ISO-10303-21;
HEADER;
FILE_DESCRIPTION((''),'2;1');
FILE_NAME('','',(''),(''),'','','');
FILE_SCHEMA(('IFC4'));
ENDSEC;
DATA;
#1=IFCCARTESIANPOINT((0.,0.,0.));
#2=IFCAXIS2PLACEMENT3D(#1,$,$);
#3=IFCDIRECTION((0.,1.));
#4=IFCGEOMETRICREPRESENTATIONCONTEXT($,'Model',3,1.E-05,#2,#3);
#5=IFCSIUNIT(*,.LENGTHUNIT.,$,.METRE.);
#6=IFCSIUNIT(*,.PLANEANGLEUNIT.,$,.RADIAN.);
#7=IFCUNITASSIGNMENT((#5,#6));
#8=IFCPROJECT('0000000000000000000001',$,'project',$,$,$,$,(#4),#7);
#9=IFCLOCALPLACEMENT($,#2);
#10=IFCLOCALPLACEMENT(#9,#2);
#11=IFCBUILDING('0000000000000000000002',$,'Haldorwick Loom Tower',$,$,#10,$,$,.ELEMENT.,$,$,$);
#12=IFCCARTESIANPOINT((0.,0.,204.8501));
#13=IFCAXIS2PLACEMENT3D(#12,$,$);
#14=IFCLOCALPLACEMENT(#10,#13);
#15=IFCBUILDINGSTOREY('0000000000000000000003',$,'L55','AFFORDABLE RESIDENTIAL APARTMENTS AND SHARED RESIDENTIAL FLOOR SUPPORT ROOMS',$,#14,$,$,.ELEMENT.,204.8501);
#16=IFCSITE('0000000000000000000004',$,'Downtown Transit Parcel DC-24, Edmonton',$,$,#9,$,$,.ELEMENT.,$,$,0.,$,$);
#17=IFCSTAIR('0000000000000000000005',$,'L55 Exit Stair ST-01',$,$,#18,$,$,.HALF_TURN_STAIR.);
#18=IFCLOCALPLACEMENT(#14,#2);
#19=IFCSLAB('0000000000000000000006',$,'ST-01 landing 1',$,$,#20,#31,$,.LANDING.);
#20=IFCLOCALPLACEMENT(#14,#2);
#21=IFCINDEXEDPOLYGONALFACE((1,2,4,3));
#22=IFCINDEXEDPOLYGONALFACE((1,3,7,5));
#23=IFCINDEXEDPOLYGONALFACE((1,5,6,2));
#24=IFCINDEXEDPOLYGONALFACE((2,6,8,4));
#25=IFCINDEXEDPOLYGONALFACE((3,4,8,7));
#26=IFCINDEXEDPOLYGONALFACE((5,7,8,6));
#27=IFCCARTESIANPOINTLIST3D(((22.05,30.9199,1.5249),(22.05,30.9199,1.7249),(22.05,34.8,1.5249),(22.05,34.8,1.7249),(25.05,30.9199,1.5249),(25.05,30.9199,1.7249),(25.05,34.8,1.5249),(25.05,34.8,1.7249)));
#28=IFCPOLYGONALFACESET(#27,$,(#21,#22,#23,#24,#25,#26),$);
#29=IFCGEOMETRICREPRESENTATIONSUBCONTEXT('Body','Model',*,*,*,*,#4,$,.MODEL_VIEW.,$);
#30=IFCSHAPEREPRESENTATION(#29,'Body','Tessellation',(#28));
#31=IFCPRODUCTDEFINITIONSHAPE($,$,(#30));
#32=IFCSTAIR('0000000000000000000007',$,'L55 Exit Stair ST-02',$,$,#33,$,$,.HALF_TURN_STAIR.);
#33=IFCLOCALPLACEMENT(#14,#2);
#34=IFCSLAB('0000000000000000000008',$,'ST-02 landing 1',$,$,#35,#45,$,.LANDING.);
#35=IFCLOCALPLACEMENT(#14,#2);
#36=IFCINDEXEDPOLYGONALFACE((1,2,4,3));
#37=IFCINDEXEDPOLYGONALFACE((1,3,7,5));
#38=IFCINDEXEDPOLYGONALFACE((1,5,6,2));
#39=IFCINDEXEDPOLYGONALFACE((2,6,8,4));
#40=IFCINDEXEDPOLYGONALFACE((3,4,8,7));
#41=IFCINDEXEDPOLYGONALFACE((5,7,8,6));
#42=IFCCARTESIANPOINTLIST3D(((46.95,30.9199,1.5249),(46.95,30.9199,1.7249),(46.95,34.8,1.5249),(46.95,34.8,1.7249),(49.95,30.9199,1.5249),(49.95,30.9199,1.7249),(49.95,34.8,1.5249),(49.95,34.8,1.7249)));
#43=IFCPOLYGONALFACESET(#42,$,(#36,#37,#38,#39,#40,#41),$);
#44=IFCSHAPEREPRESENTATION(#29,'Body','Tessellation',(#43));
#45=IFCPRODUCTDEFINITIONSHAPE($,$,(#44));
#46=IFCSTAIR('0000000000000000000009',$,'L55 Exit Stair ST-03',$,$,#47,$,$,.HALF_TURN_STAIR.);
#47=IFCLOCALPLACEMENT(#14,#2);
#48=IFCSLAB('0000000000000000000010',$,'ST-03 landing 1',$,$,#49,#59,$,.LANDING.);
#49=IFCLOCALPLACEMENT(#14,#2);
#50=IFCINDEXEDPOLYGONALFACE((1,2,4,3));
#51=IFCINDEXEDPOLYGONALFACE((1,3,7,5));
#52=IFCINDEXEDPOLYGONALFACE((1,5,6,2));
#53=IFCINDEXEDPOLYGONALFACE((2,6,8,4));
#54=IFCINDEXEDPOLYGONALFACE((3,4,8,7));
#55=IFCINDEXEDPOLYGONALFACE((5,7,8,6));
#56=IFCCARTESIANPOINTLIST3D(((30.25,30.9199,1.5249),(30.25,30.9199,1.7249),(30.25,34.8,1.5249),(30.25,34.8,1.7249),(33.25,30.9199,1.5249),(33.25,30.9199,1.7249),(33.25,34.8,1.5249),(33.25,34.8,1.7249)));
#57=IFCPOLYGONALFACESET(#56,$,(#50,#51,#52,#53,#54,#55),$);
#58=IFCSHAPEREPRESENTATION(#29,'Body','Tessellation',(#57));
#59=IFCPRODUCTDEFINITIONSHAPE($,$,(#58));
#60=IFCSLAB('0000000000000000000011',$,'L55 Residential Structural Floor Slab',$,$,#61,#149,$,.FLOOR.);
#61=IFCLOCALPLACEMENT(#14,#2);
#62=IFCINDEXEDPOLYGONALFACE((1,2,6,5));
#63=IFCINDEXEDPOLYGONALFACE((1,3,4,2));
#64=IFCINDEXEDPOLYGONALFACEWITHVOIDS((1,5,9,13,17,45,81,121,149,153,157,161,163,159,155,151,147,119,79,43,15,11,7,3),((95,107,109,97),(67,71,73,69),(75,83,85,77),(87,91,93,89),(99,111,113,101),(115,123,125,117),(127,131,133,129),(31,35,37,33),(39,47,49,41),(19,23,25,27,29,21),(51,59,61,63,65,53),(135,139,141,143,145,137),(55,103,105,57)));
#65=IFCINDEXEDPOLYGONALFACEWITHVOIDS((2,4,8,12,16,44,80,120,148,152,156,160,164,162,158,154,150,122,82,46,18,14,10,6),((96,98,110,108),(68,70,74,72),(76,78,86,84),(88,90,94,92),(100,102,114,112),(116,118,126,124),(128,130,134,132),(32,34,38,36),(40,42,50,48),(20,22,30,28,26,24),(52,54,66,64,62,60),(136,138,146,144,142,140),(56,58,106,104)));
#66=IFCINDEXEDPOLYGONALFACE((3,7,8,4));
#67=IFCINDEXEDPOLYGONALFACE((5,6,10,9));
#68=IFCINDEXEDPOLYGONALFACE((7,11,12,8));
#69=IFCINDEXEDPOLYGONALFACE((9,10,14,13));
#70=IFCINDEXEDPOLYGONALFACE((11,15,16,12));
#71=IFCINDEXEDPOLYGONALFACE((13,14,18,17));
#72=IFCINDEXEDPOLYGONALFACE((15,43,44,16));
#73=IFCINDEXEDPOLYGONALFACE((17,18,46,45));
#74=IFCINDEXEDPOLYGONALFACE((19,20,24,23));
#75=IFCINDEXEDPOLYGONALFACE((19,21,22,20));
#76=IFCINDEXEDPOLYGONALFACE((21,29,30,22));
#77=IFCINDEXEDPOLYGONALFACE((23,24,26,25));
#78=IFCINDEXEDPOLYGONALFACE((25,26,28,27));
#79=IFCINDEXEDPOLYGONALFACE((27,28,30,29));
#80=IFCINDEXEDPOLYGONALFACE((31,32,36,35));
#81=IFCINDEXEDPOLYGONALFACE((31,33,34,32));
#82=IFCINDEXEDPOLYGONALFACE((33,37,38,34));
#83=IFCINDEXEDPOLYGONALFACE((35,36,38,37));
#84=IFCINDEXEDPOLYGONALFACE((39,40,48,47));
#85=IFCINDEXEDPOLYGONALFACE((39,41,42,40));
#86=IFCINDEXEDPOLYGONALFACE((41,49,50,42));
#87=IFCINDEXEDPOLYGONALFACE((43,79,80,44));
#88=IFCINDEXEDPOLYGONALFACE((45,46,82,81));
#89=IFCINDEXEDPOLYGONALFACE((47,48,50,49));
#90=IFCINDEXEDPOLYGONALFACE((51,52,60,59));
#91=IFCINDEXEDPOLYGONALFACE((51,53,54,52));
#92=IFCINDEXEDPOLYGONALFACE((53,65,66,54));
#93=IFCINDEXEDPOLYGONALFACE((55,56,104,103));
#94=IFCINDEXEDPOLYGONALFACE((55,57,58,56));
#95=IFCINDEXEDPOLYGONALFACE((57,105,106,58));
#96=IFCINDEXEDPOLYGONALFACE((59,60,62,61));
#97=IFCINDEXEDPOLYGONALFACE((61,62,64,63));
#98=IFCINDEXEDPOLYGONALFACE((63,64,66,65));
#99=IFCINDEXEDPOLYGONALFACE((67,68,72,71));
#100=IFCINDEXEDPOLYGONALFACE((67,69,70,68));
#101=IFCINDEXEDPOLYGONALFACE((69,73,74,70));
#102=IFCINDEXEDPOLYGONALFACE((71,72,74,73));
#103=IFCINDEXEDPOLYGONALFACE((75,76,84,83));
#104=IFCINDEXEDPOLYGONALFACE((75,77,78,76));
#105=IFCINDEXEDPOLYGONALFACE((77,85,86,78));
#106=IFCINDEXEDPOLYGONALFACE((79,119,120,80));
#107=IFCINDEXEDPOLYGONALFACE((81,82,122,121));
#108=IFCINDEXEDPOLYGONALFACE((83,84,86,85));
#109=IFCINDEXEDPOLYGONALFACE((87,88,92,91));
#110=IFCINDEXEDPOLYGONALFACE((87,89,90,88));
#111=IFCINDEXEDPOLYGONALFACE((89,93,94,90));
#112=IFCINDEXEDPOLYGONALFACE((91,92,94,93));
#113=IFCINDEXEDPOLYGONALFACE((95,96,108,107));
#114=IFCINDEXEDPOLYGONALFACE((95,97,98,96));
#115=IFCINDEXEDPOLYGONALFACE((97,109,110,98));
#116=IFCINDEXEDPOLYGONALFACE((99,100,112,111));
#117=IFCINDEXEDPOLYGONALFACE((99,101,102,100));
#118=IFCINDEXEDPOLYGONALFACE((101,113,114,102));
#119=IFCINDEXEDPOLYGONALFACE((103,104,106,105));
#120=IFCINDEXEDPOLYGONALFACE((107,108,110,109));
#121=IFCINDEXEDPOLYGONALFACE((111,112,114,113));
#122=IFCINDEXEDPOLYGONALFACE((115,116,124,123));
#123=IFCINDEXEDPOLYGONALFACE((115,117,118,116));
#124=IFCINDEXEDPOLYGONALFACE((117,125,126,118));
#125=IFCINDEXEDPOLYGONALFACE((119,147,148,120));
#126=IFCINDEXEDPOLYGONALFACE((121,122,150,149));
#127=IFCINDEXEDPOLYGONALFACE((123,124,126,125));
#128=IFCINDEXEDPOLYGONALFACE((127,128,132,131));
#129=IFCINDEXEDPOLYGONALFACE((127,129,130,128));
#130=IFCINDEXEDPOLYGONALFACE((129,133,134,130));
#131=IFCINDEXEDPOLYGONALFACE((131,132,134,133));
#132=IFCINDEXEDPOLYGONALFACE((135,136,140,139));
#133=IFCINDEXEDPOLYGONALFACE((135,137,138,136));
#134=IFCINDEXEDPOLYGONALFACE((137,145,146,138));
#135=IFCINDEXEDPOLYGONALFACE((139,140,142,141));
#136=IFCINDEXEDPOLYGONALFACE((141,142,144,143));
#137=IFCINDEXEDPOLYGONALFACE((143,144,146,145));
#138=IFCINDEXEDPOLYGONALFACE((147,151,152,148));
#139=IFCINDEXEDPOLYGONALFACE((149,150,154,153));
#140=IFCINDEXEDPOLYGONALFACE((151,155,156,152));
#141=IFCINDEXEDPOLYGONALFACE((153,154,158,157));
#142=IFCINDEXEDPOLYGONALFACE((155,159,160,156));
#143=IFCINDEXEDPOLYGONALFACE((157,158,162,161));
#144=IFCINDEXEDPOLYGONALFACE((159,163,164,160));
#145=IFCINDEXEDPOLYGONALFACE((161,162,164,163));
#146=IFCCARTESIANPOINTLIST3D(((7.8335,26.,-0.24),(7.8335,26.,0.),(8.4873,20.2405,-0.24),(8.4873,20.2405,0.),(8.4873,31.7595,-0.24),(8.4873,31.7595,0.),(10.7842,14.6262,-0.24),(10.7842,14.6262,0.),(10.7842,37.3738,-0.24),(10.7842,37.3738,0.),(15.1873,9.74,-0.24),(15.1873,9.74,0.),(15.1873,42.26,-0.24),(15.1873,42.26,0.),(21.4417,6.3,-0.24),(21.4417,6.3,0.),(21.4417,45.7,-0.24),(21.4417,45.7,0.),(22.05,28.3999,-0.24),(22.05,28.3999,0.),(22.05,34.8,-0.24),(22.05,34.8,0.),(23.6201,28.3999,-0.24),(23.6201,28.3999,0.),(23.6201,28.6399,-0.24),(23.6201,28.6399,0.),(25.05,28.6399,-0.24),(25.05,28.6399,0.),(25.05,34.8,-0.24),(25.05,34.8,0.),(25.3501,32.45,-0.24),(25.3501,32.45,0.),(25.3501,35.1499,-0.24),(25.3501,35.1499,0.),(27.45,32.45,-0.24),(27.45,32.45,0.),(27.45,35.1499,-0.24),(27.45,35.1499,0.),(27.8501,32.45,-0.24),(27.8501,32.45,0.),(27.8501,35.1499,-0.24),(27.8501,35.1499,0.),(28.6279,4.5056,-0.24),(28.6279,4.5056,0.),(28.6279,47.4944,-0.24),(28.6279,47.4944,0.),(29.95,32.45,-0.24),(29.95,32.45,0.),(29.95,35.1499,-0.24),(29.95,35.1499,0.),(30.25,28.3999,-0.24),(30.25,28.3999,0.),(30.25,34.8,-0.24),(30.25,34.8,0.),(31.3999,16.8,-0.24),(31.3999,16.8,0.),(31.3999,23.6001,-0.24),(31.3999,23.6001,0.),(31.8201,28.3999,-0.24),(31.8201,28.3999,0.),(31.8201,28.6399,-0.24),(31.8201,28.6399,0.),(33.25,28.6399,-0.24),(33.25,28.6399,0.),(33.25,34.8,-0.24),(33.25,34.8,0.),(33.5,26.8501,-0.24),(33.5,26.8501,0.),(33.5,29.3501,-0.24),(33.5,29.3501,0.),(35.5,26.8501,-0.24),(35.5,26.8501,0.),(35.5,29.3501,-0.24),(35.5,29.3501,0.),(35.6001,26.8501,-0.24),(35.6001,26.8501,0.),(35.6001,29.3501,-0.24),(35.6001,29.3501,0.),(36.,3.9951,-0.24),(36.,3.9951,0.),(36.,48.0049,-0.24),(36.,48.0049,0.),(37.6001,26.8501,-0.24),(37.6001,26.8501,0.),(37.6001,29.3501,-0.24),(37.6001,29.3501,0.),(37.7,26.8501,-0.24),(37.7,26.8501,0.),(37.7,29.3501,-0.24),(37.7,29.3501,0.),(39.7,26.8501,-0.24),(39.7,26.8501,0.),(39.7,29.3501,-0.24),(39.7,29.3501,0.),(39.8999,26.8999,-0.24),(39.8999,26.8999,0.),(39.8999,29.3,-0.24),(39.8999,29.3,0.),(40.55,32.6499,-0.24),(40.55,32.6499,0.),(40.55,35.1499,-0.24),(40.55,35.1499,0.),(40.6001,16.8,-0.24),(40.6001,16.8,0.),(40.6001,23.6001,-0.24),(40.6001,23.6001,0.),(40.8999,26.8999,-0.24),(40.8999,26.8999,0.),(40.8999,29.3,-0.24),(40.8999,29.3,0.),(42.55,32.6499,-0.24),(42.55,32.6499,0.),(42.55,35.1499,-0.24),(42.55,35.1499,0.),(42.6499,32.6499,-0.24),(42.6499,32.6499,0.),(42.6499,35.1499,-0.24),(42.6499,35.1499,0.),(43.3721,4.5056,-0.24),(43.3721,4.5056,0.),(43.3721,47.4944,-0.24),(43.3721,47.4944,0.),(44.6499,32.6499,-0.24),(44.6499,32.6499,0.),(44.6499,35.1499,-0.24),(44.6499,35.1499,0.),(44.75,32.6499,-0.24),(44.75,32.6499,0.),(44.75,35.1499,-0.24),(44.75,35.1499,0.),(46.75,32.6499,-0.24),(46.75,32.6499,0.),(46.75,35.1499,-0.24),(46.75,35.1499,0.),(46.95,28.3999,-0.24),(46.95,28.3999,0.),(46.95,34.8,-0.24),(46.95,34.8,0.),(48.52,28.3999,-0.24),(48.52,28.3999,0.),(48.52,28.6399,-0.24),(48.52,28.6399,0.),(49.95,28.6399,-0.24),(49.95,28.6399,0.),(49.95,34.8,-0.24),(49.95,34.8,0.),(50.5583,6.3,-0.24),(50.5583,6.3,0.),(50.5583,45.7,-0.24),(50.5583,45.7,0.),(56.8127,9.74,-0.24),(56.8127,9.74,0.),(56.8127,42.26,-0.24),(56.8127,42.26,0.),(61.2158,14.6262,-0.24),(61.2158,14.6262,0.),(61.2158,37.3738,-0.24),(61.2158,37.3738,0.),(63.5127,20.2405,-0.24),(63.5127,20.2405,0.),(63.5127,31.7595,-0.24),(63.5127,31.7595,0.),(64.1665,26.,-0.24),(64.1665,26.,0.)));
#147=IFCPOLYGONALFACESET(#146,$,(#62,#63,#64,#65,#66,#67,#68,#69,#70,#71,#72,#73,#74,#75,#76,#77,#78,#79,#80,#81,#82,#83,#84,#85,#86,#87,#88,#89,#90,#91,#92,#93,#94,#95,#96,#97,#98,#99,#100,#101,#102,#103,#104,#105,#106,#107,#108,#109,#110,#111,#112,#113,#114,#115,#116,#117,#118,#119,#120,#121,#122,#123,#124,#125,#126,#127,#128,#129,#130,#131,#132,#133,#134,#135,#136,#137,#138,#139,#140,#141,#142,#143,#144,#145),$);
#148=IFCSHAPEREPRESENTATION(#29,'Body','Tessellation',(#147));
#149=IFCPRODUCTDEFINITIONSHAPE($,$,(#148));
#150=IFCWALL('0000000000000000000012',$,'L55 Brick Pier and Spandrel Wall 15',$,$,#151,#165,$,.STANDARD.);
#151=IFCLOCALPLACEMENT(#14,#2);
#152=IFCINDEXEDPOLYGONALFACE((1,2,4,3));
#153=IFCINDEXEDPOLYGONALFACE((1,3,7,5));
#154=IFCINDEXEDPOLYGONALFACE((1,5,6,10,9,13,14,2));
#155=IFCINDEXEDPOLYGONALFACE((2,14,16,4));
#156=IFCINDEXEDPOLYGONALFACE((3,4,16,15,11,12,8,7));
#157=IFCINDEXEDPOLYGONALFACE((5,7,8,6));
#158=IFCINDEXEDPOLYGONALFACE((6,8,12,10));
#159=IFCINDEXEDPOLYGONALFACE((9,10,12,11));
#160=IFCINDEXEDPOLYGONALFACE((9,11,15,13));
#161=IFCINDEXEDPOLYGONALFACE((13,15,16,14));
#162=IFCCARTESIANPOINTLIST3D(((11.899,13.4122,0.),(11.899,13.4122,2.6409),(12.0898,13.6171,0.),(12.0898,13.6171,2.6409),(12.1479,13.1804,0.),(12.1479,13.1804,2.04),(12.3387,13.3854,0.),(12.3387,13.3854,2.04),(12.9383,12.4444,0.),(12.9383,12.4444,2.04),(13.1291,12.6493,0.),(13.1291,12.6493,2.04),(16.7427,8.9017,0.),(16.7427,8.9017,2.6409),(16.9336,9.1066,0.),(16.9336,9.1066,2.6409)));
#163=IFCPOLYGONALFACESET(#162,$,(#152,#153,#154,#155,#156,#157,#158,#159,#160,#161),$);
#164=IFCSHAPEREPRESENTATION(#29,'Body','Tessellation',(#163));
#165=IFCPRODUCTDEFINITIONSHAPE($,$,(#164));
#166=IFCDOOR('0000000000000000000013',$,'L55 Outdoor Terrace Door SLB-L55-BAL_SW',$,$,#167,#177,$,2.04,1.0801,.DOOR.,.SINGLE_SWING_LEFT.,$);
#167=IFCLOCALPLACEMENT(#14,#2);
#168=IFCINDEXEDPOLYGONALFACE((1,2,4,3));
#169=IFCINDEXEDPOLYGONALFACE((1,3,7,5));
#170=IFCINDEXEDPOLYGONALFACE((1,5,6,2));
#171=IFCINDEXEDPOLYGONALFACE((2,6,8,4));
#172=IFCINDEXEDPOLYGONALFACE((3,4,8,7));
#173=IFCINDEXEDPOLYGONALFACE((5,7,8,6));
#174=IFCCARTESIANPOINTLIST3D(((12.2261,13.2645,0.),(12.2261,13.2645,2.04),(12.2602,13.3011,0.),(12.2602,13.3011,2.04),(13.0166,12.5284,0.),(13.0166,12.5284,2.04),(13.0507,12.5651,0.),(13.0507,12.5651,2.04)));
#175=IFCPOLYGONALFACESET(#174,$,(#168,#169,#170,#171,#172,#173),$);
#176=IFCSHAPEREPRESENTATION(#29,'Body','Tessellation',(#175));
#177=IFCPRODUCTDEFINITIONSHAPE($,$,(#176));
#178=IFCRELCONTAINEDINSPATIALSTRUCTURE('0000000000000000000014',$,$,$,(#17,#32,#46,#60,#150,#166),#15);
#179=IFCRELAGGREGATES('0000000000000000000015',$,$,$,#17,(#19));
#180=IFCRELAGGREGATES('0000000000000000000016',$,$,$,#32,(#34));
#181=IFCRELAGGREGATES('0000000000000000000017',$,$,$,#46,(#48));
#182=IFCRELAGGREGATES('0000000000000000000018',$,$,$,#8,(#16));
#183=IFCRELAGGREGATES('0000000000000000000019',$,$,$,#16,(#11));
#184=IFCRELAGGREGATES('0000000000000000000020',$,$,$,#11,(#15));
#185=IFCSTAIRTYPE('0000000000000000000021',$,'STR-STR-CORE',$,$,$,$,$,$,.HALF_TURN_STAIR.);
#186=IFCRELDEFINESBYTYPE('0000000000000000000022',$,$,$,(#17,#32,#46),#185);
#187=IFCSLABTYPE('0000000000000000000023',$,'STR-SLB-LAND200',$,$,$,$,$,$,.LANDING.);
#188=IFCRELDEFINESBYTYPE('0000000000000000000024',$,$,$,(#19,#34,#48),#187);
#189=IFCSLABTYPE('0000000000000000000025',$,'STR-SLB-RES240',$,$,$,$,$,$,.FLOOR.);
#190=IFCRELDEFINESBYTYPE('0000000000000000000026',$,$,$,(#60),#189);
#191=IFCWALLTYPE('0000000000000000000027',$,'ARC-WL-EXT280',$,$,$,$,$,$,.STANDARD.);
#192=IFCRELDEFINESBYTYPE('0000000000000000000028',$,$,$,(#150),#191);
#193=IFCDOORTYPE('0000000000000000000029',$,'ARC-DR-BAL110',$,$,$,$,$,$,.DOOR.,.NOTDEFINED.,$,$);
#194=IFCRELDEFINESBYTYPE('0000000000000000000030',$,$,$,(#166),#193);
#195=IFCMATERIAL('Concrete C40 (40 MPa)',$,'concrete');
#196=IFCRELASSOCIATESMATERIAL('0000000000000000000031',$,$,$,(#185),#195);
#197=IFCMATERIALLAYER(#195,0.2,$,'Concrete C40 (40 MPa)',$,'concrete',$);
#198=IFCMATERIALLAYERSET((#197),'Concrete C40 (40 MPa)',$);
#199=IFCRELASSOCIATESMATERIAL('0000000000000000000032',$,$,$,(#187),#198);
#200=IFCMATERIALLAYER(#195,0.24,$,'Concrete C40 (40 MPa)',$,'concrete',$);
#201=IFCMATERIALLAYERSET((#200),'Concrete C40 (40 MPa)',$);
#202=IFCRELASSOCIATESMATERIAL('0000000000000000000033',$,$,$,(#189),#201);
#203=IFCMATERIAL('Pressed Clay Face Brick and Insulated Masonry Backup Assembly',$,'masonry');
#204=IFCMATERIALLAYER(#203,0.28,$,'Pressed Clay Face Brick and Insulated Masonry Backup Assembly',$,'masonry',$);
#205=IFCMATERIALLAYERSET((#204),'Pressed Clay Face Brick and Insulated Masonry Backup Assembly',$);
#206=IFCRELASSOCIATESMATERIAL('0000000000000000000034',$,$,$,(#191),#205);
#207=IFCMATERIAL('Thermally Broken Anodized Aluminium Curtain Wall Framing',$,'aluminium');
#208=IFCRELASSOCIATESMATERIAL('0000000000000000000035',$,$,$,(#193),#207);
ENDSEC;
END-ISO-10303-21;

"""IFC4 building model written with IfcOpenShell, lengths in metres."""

from ifc_helpers import new_model, si_unit, direction, frame, frame_2d, origin, place, context, subcontext, project, spatial, polyline, rectangle, outline, extrude, material, layer, layer_set, type_object, element, fill, aggregate, save


model = new_model("IFC4")

# Units and contexts
model_context = context("Model", 3, precision=1e-05, world=origin(), true_north=direction((0.0, 1.0)))
body_context = subcontext(model_context, "Body", "Model", "MODEL_VIEW")
ifc_project = project(units=[si_unit("LENGTHUNIT", "METRE"), si_unit("PLANEANGLEUNIT", "RADIAN")], contexts=[model_context])

# Site, building, storey
site_placement = place(None, origin())
site = spatial("IfcSite", under=ifc_project, at=site_placement, Name="Downtown Transit Parcel DC-24, Edmonton", CompositionType="ELEMENT", RefElevation=0.0)
building_placement = place(site_placement, origin())
building = spatial("IfcBuilding", under=site, at=building_placement, Name="Haldorwick Loom Tower", CompositionType="ELEMENT")
storey_placement = place(building_placement, frame((0.0, 0.0, 204.8501)))
storey = spatial("IfcBuildingStorey", under=building, at=storey_placement, Name="L55", Description="AFFORDABLE RESIDENTIAL APARTMENTS AND SHARED RESIDENTIAL FLOOR SUPPORT ROOMS", CompositionType="ELEMENT", Elevation=204.8501)

# Shared definitions
ifc_material_1 = material(Name="Concrete C40 (40 MPa)", Category="concrete")

# Stairs, slabs
stair_type = type_object("IfcStairType", Name="STR-STR-CORE", PredefinedType="HALF_TURN_STAIR", material=ifc_material_1)
stair_1_placement = place(storey_placement, origin())
stair_1 = element("IfcStair", 1, at=stair_1_placement, inside=storey, type_object=stair_type, Name="L55 Exit Stair ST-01", PredefinedType="HALF_TURN_STAIR")
ifc_layer_1 = layer(ifc_material_1, 0.2, Name="Concrete C40 (40 MPa)", Category="concrete")
ifc_layer_set_1 = layer_set([ifc_layer_1], Name="Concrete C40 (40 MPa)")
slab_type_1 = type_object("IfcSlabType", Name="STR-SLB-LAND200", PredefinedType="LANDING", material=ifc_layer_set_1)
slab_1_placement = place(storey_placement, frame((0.0, 0.0, 1.5249)))
slab_1 = element("IfcSlab", 2, at=slab_1_placement, type_object=slab_type_1, Name="ST-01 landing 1", PredefinedType="LANDING", context=body_context, shape_type="SweptSolid", body=[
    extrude(outline(polyline([(25.05, 30.9199), (25.05, 34.8), (22.05, 34.8), (22.05, 30.9199), (25.05, 30.9199)])), origin(), (0.0, 0.0, 1.0), 0.2),
])
aggregate(stair_1, [slab_1])
stair_2_placement = place(storey_placement, origin())
stair_2 = element("IfcStair", 3, at=stair_2_placement, inside=storey, type_object=stair_type, Name="L55 Exit Stair ST-02", PredefinedType="HALF_TURN_STAIR")
slab_2_placement = place(storey_placement, frame((0.0, 0.0, 1.5249)))
slab_2 = element("IfcSlab", 4, at=slab_2_placement, type_object=slab_type_1, Name="ST-02 landing 1", PredefinedType="LANDING", context=body_context, shape_type="SweptSolid", body=[
    extrude(outline(polyline([(49.95, 30.9199), (49.95, 34.8), (46.95, 34.8), (46.95, 30.9199), (49.95, 30.9199)])), origin(), (0.0, 0.0, 1.0), 0.2),
])
aggregate(stair_2, [slab_2])
stair_3_placement = place(storey_placement, origin())
stair_3 = element("IfcStair", 5, at=stair_3_placement, inside=storey, type_object=stair_type, Name="L55 Exit Stair ST-03", PredefinedType="HALF_TURN_STAIR")
slab_3_placement = place(storey_placement, frame((0.0, 0.0, 1.5249)))
slab_3 = element("IfcSlab", 6, at=slab_3_placement, type_object=slab_type_1, Name="ST-03 landing 1", PredefinedType="LANDING", context=body_context, shape_type="SweptSolid", body=[
    extrude(outline(polyline([(33.25, 30.9199), (33.25, 34.8), (30.25, 34.8), (30.25, 30.9199), (33.25, 30.9199)])), origin(), (0.0, 0.0, 1.0), 0.2),
])
aggregate(stair_3, [slab_3])

# Slab
ifc_layer_2 = layer(ifc_material_1, 0.24, Name="Concrete C40 (40 MPa)", Category="concrete")
ifc_layer_set_2 = layer_set([ifc_layer_2], Name="Concrete C40 (40 MPa)")
slab_type_2 = type_object("IfcSlabType", Name="STR-SLB-RES240", PredefinedType="FLOOR", material=ifc_layer_set_2)
slab_4_placement = place(storey_placement, frame((0.0, 0.0, -0.24)))
element("IfcSlab", 7, at=slab_4_placement, inside=storey, type_object=slab_type_2, Name="L55 Residential Structural Floor Slab", PredefinedType="FLOOR", context=body_context, shape_type="SweptSolid", body=[
    extrude(outline(polyline([(56.8127, 9.74), (61.2158, 14.6262), (63.5127, 20.2405), (64.1665, 26.0), (63.5127, 31.7595), (61.2158, 37.3738), (56.8127, 42.26), (50.5583, 45.7), (43.3721, 47.4944), (36.0, 48.0049), (28.6279, 47.4944), (21.4417, 45.7), (15.1873, 42.26), (10.7842, 37.3738), (8.4873, 31.7595), (7.8335, 26.0), (8.4873, 20.2405), (10.7842, 14.6262), (15.1873, 9.74), (21.4417, 6.3), (28.6279, 4.5056), (36.0, 3.9951), (43.3721, 4.5056), (50.5583, 6.3), (56.8127, 9.74)]), holes=[polyline([(31.3999, 16.8), (31.3999, 23.6001), (40.6001, 23.6001), (40.6001, 16.8), (31.3999, 16.8)]), polyline([(33.5, 26.8501), (33.5, 29.3501), (35.5, 29.3501), (35.5, 26.8501), (33.5, 26.8501)]), polyline([(35.6001, 26.8501), (35.6001, 29.3501), (37.6001, 29.3501), (37.6001, 26.8501), (35.6001, 26.8501)]), polyline([(23.6201, 28.3999), (22.05, 28.3999), (22.05, 34.8), (25.05, 34.8), (25.05, 28.6399), (23.6201, 28.6399), (23.6201, 28.3999)]), polyline([(30.25, 28.3999), (30.25, 34.8), (33.25, 34.8), (33.25, 28.6399), (31.8201, 28.6399), (31.8201, 28.3999), (30.25, 28.3999)]), polyline([(25.3501, 32.45), (25.3501, 35.1499), (27.45, 35.1499), (27.45, 32.45), (25.3501, 32.45)]), polyline([(29.95, 32.45), (27.8501, 32.45), (27.8501, 35.1499), (29.95, 35.1499), (29.95, 32.45)]), polyline([(37.7, 26.8501), (37.7, 29.3501), (39.7, 29.3501), (39.7, 26.8501), (37.7, 26.8501)]), polyline([(39.8999, 26.8999), (39.8999, 29.3), (40.8999, 29.3), (40.8999, 26.8999), (39.8999, 26.8999)]), polyline([(46.95, 28.3999), (46.95, 34.8), (49.95, 34.8), (49.95, 28.6399), (48.52, 28.6399), (48.52, 28.3999), (46.95, 28.3999)]), polyline([(40.55, 32.6499), (40.55, 35.1499), (42.55, 35.1499), (42.55, 32.6499), (40.55, 32.6499)]), polyline([(42.6499, 32.6499), (42.6499, 35.1499), (44.6499, 35.1499), (44.6499, 32.6499), (42.6499, 32.6499)]), polyline([(44.75, 32.6499), (44.75, 35.1499), (46.75, 35.1499), (46.75, 32.6499), (44.75, 32.6499)])]), origin(), (0.0, 0.0, 1.0), 0.24),
])

# Wall, opening, door
ifc_material_2 = material(Name="Pressed Clay Face Brick and Insulated Masonry Backup Assembly", Category="masonry")
ifc_layer_3 = layer(ifc_material_2, 0.28, Name="Pressed Clay Face Brick and Insulated Masonry Backup Assembly", Category="masonry")
ifc_layer_set_3 = layer_set([ifc_layer_3], Name="Pressed Clay Face Brick and Insulated Masonry Backup Assembly")
wall_type = type_object("IfcWallType", Name="ARC-WL-EXT280", PredefinedType="STANDARD", material=ifc_layer_set_3)
wall_1_placement = place(storey_placement, frame((11.9944, 13.5146, 0.0), z_axis=(0.0, 0.0, 1.0), x_axis=(0.731834, -0.681483, 0.0)))
wall_1 = element("IfcWall", 8, at=wall_1_placement, inside=storey, type_object=wall_type, Name="L55 Brick Pier and Spandrel Wall 15", PredefinedType="STANDARD", context=body_context, shape_type="SweptSolid", body=[
    extrude(rectangle(XDim=6.6187, YDim=0.28, at=frame_2d((3.3093, 0.0))), origin(), (0.0, 0.0, 1.0), 2.6409),
])
opening_1_placement = place(wall_1_placement, frame((0.3401, 0.0, 0.0)))
opening_1 = element("IfcOpeningElement", 9, at=opening_1_placement, cuts=wall_1, PredefinedType="OPENING", context=body_context, shape_type="SweptSolid", body=[
    extrude(rectangle(XDim=1.0801, YDim=2.04, at=frame_2d((0.54, 1.02))), frame((0.0, 0.1499, 0.0), z_axis=(0.0, -1.0, 0.0), x_axis=(1.0, 0.0, 0.0)), (0.0, 0.0, 1.0), 0.3),
])
ifc_material_3 = material(Name="Thermally Broken Anodized Aluminium Curtain Wall Framing", Category="aluminium")
door_type = type_object("IfcDoorType", Name="ARC-DR-BAL110", OperationType="NOTDEFINED", PredefinedType="DOOR", material=ifc_material_3)
door_placement = place(opening_1_placement, origin())
door = element("IfcDoor", 10, at=door_placement, inside=storey, type_object=door_type, Name="L55 Outdoor Terrace Door SLB-L55-BAL_SW", OperationType="SINGLE_SWING_LEFT", OverallHeight=2.04, OverallWidth=1.0801, PredefinedType="DOOR", context=body_context, shape_type="SweptSolid", body=[
    extrude(rectangle(XDim=1.0801, YDim=2.04, at=frame_2d((0.54, 1.02))), frame((0.0, 0.0249, 0.0), z_axis=(0.0, -1.0, 0.0), x_axis=(1.0, 0.0, 0.0)), (0.0, 0.0, 1.0), 0.05),
])
fill(opening_1, door)

save(model, "model.ifc")
